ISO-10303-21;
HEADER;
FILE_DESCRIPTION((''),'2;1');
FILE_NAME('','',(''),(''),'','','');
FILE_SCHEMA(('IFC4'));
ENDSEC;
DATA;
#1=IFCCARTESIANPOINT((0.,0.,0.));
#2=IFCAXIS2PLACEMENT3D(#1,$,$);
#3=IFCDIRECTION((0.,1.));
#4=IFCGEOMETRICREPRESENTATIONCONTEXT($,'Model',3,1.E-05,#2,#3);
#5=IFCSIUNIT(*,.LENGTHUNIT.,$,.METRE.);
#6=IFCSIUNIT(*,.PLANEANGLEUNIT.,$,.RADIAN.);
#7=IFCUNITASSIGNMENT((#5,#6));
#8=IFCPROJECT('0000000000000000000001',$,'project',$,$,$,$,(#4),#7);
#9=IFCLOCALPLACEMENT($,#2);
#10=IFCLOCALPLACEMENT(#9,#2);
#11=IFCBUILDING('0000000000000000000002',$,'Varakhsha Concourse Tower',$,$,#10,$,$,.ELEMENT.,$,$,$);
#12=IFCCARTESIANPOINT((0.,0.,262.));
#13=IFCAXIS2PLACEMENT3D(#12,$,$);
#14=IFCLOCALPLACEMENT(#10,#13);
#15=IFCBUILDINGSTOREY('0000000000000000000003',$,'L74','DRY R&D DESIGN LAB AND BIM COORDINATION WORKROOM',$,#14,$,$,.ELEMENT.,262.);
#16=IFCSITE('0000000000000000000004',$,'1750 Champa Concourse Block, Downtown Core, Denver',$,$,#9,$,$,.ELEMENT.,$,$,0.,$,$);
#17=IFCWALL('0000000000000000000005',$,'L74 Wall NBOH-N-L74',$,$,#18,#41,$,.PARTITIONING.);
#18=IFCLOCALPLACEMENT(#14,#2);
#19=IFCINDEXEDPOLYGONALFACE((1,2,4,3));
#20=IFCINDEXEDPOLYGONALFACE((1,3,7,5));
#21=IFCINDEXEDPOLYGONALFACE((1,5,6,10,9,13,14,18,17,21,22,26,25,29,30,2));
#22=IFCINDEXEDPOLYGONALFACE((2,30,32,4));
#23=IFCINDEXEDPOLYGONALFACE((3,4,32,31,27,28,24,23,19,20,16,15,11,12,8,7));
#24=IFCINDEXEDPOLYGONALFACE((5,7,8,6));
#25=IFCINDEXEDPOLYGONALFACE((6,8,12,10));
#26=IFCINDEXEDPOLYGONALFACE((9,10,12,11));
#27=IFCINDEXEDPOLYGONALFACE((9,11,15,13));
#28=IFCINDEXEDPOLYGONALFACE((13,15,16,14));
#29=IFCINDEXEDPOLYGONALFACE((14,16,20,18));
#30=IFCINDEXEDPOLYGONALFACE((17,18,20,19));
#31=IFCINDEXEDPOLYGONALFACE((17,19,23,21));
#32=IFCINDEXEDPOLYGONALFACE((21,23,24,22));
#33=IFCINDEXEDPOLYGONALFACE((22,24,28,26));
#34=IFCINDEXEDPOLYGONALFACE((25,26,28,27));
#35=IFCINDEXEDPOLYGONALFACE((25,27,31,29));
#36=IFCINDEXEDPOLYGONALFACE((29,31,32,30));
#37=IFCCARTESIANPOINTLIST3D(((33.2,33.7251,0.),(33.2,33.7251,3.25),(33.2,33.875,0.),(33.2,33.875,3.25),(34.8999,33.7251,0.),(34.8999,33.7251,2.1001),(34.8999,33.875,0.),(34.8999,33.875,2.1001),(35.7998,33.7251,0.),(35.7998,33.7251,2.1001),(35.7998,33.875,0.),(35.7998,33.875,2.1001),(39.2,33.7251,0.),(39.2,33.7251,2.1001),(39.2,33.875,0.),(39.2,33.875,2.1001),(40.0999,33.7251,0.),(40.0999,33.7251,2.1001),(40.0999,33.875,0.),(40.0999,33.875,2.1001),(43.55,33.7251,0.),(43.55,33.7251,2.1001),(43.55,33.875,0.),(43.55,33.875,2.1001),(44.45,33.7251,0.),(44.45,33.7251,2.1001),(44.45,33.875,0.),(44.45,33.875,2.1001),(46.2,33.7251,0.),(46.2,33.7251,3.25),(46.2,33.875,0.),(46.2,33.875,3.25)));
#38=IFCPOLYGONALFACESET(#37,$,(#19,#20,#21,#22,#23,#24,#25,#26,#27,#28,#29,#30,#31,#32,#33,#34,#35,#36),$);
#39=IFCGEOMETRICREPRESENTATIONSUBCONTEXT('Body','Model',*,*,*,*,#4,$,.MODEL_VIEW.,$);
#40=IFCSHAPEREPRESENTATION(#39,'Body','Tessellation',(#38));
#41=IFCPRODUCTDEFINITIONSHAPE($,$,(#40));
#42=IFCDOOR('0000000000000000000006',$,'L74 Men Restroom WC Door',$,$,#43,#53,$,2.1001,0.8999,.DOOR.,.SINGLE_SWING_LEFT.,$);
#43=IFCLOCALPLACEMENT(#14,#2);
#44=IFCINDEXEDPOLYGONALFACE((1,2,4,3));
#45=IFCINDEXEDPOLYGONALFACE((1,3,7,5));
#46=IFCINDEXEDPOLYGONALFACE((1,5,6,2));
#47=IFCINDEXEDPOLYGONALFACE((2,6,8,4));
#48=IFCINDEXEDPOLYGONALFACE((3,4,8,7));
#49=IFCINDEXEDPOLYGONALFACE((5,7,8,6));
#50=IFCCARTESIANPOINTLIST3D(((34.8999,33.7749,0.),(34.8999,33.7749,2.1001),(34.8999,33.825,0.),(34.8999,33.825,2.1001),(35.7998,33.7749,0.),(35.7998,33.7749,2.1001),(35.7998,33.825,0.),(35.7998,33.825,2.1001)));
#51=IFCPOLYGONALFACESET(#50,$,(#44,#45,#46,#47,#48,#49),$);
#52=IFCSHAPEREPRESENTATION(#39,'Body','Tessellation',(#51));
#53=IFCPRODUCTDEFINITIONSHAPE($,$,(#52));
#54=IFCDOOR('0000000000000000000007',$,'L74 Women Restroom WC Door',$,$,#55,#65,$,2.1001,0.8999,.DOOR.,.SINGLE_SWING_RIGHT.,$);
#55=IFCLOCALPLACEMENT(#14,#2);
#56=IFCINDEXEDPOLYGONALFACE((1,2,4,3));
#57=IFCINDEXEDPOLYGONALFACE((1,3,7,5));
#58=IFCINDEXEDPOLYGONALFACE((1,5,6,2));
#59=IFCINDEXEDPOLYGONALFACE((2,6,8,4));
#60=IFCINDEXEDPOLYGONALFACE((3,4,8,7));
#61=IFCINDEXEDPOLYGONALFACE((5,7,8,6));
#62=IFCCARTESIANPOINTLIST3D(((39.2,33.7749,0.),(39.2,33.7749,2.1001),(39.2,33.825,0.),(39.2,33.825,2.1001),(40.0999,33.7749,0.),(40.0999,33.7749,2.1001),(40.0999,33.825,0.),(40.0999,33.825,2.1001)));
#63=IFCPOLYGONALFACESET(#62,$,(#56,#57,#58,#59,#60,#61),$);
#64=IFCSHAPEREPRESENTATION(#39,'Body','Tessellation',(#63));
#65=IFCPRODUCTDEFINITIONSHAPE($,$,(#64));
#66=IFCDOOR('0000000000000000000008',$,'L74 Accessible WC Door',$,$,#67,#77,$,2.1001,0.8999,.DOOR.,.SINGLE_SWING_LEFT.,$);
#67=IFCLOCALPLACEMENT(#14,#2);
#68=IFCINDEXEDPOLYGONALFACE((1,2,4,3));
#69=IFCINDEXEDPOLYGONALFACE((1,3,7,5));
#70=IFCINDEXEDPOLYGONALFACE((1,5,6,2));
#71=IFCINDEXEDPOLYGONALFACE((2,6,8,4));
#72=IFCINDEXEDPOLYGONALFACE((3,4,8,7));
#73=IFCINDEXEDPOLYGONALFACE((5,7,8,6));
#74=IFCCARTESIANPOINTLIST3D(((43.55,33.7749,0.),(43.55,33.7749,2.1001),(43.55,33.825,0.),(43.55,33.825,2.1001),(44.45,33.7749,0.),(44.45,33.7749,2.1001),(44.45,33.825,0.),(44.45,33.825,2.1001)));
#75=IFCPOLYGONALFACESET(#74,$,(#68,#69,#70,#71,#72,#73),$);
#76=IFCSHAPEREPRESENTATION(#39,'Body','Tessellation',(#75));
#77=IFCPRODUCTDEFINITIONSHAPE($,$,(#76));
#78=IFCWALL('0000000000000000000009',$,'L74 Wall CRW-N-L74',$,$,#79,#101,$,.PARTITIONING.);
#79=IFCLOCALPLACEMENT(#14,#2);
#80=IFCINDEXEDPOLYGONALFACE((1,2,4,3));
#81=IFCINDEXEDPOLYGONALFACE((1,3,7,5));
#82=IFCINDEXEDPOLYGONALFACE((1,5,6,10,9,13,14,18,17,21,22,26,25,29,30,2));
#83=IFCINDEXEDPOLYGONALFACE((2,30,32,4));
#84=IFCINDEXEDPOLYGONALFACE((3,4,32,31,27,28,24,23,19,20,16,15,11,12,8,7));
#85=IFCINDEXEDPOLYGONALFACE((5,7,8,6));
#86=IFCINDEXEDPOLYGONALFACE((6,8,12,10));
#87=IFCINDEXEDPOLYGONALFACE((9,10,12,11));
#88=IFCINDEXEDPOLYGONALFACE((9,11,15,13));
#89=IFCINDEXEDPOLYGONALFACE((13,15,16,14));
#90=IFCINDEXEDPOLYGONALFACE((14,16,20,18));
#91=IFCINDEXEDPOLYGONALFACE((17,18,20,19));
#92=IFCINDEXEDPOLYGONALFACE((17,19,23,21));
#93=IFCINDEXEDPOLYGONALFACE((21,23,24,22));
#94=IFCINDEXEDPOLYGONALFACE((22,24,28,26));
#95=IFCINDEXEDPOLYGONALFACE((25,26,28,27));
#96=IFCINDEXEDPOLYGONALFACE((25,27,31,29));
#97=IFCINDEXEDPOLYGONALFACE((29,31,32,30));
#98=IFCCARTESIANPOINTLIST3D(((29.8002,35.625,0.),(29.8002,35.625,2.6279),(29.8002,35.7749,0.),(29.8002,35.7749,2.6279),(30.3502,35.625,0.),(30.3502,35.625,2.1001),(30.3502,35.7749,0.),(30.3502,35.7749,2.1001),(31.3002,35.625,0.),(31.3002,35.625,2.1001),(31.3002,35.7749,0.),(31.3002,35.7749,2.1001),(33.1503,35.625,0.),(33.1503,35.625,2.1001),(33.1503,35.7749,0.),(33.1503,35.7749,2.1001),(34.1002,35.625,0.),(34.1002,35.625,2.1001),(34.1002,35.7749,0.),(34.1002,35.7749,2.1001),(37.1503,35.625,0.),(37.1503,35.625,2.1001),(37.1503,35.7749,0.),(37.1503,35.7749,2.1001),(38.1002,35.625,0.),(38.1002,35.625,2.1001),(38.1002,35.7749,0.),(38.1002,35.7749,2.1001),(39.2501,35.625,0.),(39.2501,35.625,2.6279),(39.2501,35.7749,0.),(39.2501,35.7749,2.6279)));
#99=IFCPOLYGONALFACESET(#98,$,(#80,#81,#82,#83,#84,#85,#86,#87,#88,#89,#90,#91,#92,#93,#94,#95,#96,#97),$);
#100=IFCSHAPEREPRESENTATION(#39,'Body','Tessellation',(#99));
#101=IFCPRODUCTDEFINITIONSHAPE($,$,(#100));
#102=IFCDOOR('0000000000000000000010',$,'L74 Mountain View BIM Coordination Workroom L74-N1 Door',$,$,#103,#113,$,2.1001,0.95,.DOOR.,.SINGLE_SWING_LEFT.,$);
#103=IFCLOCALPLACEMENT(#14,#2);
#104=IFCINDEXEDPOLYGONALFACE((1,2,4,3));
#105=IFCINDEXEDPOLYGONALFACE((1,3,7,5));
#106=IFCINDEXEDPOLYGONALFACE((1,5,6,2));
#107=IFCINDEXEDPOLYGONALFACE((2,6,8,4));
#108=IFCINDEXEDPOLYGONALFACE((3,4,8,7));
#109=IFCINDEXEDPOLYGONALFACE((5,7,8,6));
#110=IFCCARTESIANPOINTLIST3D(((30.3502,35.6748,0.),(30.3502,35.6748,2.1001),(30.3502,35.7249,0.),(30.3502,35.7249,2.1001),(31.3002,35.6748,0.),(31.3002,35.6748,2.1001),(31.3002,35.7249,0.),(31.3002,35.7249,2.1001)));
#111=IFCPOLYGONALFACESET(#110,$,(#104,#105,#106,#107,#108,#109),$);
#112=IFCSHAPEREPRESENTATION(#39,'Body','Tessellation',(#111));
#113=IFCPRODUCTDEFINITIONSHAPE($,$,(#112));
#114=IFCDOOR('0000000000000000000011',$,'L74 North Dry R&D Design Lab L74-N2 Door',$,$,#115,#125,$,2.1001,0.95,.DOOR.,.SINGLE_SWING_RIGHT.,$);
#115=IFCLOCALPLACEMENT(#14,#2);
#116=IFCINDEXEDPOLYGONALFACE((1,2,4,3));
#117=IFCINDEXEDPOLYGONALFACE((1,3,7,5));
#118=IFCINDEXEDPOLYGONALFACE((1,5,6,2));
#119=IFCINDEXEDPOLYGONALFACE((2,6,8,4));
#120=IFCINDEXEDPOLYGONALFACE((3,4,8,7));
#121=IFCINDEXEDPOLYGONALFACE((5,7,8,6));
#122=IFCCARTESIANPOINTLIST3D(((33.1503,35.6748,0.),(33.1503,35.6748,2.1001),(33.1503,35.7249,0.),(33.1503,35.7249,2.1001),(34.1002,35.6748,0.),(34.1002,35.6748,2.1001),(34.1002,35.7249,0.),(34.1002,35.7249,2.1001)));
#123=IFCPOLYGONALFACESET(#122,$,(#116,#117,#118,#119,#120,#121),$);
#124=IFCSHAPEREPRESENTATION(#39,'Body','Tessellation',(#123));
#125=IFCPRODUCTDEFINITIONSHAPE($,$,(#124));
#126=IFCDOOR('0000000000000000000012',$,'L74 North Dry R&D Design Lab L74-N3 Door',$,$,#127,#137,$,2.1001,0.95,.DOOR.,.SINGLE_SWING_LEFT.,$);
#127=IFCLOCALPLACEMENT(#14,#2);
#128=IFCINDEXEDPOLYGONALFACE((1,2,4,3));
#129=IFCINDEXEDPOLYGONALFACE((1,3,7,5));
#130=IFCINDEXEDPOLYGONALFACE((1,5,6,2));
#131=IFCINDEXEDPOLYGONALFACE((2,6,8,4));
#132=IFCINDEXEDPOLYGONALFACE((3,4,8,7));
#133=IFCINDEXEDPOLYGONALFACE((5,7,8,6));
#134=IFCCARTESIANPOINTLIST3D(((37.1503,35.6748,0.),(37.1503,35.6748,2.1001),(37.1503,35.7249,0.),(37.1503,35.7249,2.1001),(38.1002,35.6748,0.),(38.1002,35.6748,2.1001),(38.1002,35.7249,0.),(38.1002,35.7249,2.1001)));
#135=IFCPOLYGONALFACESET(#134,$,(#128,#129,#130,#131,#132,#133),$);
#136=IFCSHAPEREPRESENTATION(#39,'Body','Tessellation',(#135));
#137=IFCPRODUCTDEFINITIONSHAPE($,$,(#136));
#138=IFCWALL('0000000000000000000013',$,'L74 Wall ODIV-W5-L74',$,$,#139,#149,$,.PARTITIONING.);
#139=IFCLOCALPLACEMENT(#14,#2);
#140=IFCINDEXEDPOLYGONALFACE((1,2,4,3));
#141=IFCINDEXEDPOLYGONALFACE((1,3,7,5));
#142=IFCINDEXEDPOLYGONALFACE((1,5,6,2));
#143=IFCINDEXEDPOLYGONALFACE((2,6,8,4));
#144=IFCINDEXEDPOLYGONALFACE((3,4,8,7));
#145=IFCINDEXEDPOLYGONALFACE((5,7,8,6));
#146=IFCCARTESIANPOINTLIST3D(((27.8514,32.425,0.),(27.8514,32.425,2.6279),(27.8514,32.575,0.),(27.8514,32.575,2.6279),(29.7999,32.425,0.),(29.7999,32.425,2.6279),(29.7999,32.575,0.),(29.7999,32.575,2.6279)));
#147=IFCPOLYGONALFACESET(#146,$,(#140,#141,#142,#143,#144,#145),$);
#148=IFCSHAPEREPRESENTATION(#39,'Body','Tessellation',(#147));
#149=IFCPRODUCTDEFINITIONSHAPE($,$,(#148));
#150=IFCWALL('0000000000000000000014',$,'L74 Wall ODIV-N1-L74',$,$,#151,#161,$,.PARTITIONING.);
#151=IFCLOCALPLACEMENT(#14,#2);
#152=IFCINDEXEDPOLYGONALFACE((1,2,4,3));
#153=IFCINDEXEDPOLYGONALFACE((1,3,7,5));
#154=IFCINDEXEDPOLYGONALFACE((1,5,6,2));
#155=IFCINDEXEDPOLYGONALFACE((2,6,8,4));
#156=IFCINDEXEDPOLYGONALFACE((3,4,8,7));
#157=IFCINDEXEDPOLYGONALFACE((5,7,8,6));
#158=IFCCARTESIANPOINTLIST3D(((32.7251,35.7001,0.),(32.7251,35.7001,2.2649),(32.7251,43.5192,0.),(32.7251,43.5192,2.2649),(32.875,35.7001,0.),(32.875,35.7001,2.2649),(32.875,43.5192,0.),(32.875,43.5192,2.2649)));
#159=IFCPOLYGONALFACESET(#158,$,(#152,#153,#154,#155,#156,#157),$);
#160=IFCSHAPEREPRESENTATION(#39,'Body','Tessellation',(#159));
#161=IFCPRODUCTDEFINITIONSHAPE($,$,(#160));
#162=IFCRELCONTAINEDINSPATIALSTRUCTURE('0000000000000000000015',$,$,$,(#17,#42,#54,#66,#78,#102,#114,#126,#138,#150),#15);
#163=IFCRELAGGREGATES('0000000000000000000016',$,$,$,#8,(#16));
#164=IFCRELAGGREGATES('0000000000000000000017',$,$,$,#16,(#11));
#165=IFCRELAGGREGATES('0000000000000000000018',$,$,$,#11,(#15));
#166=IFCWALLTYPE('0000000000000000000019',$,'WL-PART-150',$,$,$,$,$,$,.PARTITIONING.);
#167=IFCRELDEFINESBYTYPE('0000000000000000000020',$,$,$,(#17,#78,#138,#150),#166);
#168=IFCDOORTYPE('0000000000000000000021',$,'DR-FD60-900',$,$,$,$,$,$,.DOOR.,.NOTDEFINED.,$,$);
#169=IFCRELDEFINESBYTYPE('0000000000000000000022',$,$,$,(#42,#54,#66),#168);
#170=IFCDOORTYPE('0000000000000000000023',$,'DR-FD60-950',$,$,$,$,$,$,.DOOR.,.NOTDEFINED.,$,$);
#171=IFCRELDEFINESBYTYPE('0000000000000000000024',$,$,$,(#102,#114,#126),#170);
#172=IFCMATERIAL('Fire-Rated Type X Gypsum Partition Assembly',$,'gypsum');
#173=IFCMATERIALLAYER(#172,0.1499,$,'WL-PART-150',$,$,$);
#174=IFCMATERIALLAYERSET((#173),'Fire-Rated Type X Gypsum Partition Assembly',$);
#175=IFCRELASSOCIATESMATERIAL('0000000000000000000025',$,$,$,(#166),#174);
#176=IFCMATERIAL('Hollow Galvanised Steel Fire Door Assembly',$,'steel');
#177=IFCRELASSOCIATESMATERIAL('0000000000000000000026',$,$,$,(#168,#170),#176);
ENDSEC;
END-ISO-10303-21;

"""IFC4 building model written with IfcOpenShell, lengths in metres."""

from ifc_helpers import new_model, si_unit, direction, frame, frame_2d, origin, place, context, subcontext, project, spatial, rectangle, extrude, material, layer, layer_set, type_object, element, fill, save


model = new_model("IFC4")

# Units and contexts
model_context = context("Model", 3, precision=1e-05, world=origin(), true_north=direction((0.0, 1.0)))
body_context = subcontext(model_context, "Body", "Model", "MODEL_VIEW")
ifc_project = project(units=[si_unit("LENGTHUNIT", "METRE"), si_unit("PLANEANGLEUNIT", "RADIAN")], contexts=[model_context])

# Site, building, storey
site_placement = place(None, origin())
site = spatial("IfcSite", under=ifc_project, at=site_placement, Name="1750 Champa Concourse Block, Downtown Core, Denver", CompositionType="ELEMENT", RefElevation=0.0)
building_placement = place(site_placement, origin())
building = spatial("IfcBuilding", under=site, at=building_placement, Name="Varakhsha Concourse Tower", CompositionType="ELEMENT")
storey_placement = place(building_placement, frame((0.0, 0.0, 262.0)))
storey = spatial("IfcBuildingStorey", under=building, at=storey_placement, Name="L74", Description="DRY R&D DESIGN LAB AND BIM COORDINATION WORKROOM", CompositionType="ELEMENT", Elevation=262.0)

# Walls, openings, doors
ifc_material_1 = material(Name="Fire-Rated Type X Gypsum Partition Assembly", Category="gypsum")
ifc_layer_1 = layer(ifc_material_1, 0.1499, Name="WL-PART-150")
ifc_layer_set_1 = layer_set([ifc_layer_1], Name="Fire-Rated Type X Gypsum Partition Assembly")
wall_type_1 = type_object("IfcWallType", Name="WL-PART-150", PredefinedType="PARTITIONING", material=ifc_layer_set_1)
wall_1_placement = place(storey_placement, frame((33.2, 33.8, 0.0), z_axis=(0.0, 0.0, 1.0), x_axis=(1.0, 0.0, 0.0)))
wall_1 = element("IfcWall", 1, at=wall_1_placement, inside=storey, type_object=wall_type_1, Name="L74 Wall NBOH-N-L74", PredefinedType="PARTITIONING", context=body_context, shape_type="SweptSolid", body=[
    extrude(rectangle(XDim=13.0, YDim=0.1499, at=frame_2d((6.5, 0.0))), origin(), (0.0, 0.0, 1.0), 3.25),
])
opening_1_placement = place(wall_1_placement, frame((1.7, 0.0, 0.0)))
opening_1 = element("IfcOpeningElement", 2, at=opening_1_placement, cuts=wall_1, PredefinedType="OPENING", context=body_context, shape_type="SweptSolid", body=[
    extrude(rectangle(XDim=0.8999, YDim=2.1001, at=frame_2d((0.45, 1.05))), frame((0.0, 0.085, 0.0), z_axis=(0.0, -1.0, 0.0), x_axis=(1.0, 0.0, 0.0)), (0.0, 0.0, 1.0), 0.1699),
])
opening_2_placement = place(wall_1_placement, frame((6.0, 0.0, 0.0)))
opening_2 = element("IfcOpeningElement", 3, at=opening_2_placement, cuts=wall_1, PredefinedType="OPENING", context=body_context, shape_type="SweptSolid", body=[
    extrude(rectangle(XDim=0.8999, YDim=2.1001, at=frame_2d((0.45, 1.05))), frame((0.0, 0.085, 0.0), z_axis=(0.0, -1.0, 0.0), x_axis=(1.0, 0.0, 0.0)), (0.0, 0.0, 1.0), 0.1699),
])
opening_3_placement = place(wall_1_placement, frame((10.3501, 0.0, 0.0)))
opening_3 = element("IfcOpeningElement", 4, at=opening_3_placement, cuts=wall_1, PredefinedType="OPENING", context=body_context, shape_type="SweptSolid", body=[
    extrude(rectangle(XDim=0.8999, YDim=2.1001, at=frame_2d((0.45, 1.05))), frame((0.0, 0.085, 0.0), z_axis=(0.0, -1.0, 0.0), x_axis=(1.0, 0.0, 0.0)), (0.0, 0.0, 1.0), 0.1699),
])
ifc_material_2 = material(Name="Hollow Galvanised Steel Fire Door Assembly", Category="steel")
door_type_1 = type_object("IfcDoorType", Name="DR-FD60-900", OperationType="NOTDEFINED", PredefinedType="DOOR", material=ifc_material_2)
door_1_placement = place(opening_1_placement, origin())
door_1 = element("IfcDoor", 5, at=door_1_placement, inside=storey, type_object=door_type_1, Name="L74 Men Restroom WC Door", OperationType="SINGLE_SWING_LEFT", OverallHeight=2.1001, OverallWidth=0.8999, PredefinedType="DOOR", context=body_context, shape_type="SweptSolid", body=[
    extrude(rectangle(XDim=0.8999, YDim=2.1001, at=frame_2d((0.45, 1.05))), frame((0.0, 0.0249, 0.0), z_axis=(0.0, -1.0, 0.0), x_axis=(1.0, 0.0, 0.0)), (0.0, 0.0, 1.0), 0.05),
])
fill(opening_1, door_1)
door_2_placement = place(opening_2_placement, origin())
door_2 = element("IfcDoor", 6, at=door_2_placement, inside=storey, type_object=door_type_1, Name="L74 Women Restroom WC Door", OperationType="SINGLE_SWING_RIGHT", OverallHeight=2.1001, OverallWidth=0.8999, PredefinedType="DOOR", context=body_context, shape_type="SweptSolid", body=[
    extrude(rectangle(XDim=0.8999, YDim=2.1001, at=frame_2d((0.45, 1.05))), frame((0.0, 0.0249, 0.0), z_axis=(0.0, -1.0, 0.0), x_axis=(1.0, 0.0, 0.0)), (0.0, 0.0, 1.0), 0.05),
])
fill(opening_2, door_2)
door_3_placement = place(opening_3_placement, origin())
door_3 = element("IfcDoor", 7, at=door_3_placement, inside=storey, type_object=door_type_1, Name="L74 Accessible WC Door", OperationType="SINGLE_SWING_LEFT", OverallHeight=2.1001, OverallWidth=0.8999, PredefinedType="DOOR", context=body_context, shape_type="SweptSolid", body=[
    extrude(rectangle(XDim=0.8999, YDim=2.1001, at=frame_2d((0.45, 1.05))), frame((0.0, 0.0249, 0.0), z_axis=(0.0, -1.0, 0.0), x_axis=(1.0, 0.0, 0.0)), (0.0, 0.0, 1.0), 0.05),
])
fill(opening_3, door_3)
wall_2_placement = place(storey_placement, frame((29.8, 35.7, 0.0), z_axis=(0.0, 0.0, 1.0), x_axis=(1.0, 0.0, 0.0)))
wall_2 = element("IfcWall", 8, at=wall_2_placement, inside=storey, type_object=wall_type_1, Name="L74 Wall CRW-N-L74", PredefinedType="PARTITIONING", context=body_context, shape_type="SweptSolid", body=[
    extrude(rectangle(XDim=9.45, YDim=0.1499, at=frame_2d((4.7251, 0.0))), origin(), (0.0, 0.0, 1.0), 2.6279),
])
opening_4_placement = place(wall_2_placement, frame((0.55, 0.0, 0.0)))
opening_4 = element("IfcOpeningElement", 9, at=opening_4_placement, cuts=wall_2, PredefinedType="OPENING", context=body_context, shape_type="SweptSolid", body=[
    extrude(rectangle(XDim=0.95, YDim=2.1001, at=frame_2d((0.4751, 1.05))), frame((0.0, 0.085, 0.0), z_axis=(0.0, -1.0, 0.0), x_axis=(1.0, 0.0, 0.0)), (0.0, 0.0, 1.0), 0.1699),
])
opening_5_placement = place(wall_2_placement, frame((3.3501, 0.0, 0.0)))
opening_5 = element("IfcOpeningElement", 10, at=opening_5_placement, cuts=wall_2, PredefinedType="OPENING", context=body_context, shape_type="SweptSolid", body=[
    extrude(rectangle(XDim=0.95, YDim=2.1001, at=frame_2d((0.4751, 1.05))), frame((0.0, 0.085, 0.0), z_axis=(0.0, -1.0, 0.0), x_axis=(1.0, 0.0, 0.0)), (0.0, 0.0, 1.0), 0.1699),
])
opening_6_placement = place(wall_2_placement, frame((7.3501, 0.0, 0.0)))
opening_6 = element("IfcOpeningElement", 11, at=opening_6_placement, cuts=wall_2, PredefinedType="OPENING", context=body_context, shape_type="SweptSolid", body=[
    extrude(rectangle(XDim=0.95, YDim=2.1001, at=frame_2d((0.4751, 1.05))), frame((0.0, 0.085, 0.0), z_axis=(0.0, -1.0, 0.0), x_axis=(1.0, 0.0, 0.0)), (0.0, 0.0, 1.0), 0.1699),
])
door_type_2 = type_object("IfcDoorType", Name="DR-FD60-950", OperationType="NOTDEFINED", PredefinedType="DOOR", material=ifc_material_2)
door_4_placement = place(opening_4_placement, origin())
door_4 = element("IfcDoor", 12, at=door_4_placement, inside=storey, type_object=door_type_2, Name="L74 Mountain View BIM Coordination Workroom L74-N1 Door", OperationType="SINGLE_SWING_LEFT", OverallHeight=2.1001, OverallWidth=0.95, PredefinedType="DOOR", context=body_context, shape_type="SweptSolid", body=[
    extrude(rectangle(XDim=0.95, YDim=2.1001, at=frame_2d((0.4751, 1.05))), frame((0.0, 0.0249, 0.0), z_axis=(0.0, -1.0, 0.0), x_axis=(1.0, 0.0, 0.0)), (0.0, 0.0, 1.0), 0.05),
])
fill(opening_4, door_4)
door_5_placement = place(opening_5_placement, origin())
door_5 = element("IfcDoor", 13, at=door_5_placement, inside=storey, type_object=door_type_2, Name="L74 North Dry R&D Design Lab L74-N2 Door", OperationType="SINGLE_SWING_RIGHT", OverallHeight=2.1001, OverallWidth=0.95, PredefinedType="DOOR", context=body_context, shape_type="SweptSolid", body=[
    extrude(rectangle(XDim=0.95, YDim=2.1001, at=frame_2d((0.4751, 1.05))), frame((0.0, 0.0249, 0.0), z_axis=(0.0, -1.0, 0.0), x_axis=(1.0, 0.0, 0.0)), (0.0, 0.0, 1.0), 0.05),
])
fill(opening_5, door_5)
door_6_placement = place(opening_6_placement, origin())
door_6 = element("IfcDoor", 14, at=door_6_placement, inside=storey, type_object=door_type_2, Name="L74 North Dry R&D Design Lab L74-N3 Door", OperationType="SINGLE_SWING_LEFT", OverallHeight=2.1001, OverallWidth=0.95, PredefinedType="DOOR", context=body_context, shape_type="SweptSolid", body=[
    extrude(rectangle(XDim=0.95, YDim=2.1001, at=frame_2d((0.4751, 1.05))), frame((0.0, 0.0249, 0.0), z_axis=(0.0, -1.0, 0.0), x_axis=(1.0, 0.0, 0.0)), (0.0, 0.0, 1.0), 0.05),
])
fill(opening_6, door_6)

# Walls
wall_3_placement = place(storey_placement, frame((27.8516, 32.5, 0.0), z_axis=(0.0, 0.0, 1.0), x_axis=(1.0, 0.0, 0.0)))
element("IfcWall", 15, at=wall_3_placement, inside=storey, type_object=wall_type_1, Name="L74 Wall ODIV-W5-L74", PredefinedType="PARTITIONING", context=body_context, shape_type="SweptSolid", body=[
    extrude(rectangle(XDim=1.9485, YDim=0.1499, at=frame_2d((0.9741, 0.0))), origin(), (0.0, 0.0, 1.0), 2.6279),
])
wall_4_placement = place(storey_placement, frame((32.8, 35.7, 0.0), z_axis=(0.0, 0.0, 1.0), x_axis=(0.0, 1.0, 0.0)))
element("IfcWall", 16, at=wall_4_placement, inside=storey, type_object=wall_type_1, Name="L74 Wall ODIV-N1-L74", PredefinedType="PARTITIONING", context=body_context, shape_type="SweptSolid", body=[
    extrude(rectangle(XDim=7.8191, YDim=0.1499, at=frame_2d((3.9097, 0.0))), origin(), (0.0, 0.0, 1.0), 2.2649),
])

save(model, "model.ifc")
